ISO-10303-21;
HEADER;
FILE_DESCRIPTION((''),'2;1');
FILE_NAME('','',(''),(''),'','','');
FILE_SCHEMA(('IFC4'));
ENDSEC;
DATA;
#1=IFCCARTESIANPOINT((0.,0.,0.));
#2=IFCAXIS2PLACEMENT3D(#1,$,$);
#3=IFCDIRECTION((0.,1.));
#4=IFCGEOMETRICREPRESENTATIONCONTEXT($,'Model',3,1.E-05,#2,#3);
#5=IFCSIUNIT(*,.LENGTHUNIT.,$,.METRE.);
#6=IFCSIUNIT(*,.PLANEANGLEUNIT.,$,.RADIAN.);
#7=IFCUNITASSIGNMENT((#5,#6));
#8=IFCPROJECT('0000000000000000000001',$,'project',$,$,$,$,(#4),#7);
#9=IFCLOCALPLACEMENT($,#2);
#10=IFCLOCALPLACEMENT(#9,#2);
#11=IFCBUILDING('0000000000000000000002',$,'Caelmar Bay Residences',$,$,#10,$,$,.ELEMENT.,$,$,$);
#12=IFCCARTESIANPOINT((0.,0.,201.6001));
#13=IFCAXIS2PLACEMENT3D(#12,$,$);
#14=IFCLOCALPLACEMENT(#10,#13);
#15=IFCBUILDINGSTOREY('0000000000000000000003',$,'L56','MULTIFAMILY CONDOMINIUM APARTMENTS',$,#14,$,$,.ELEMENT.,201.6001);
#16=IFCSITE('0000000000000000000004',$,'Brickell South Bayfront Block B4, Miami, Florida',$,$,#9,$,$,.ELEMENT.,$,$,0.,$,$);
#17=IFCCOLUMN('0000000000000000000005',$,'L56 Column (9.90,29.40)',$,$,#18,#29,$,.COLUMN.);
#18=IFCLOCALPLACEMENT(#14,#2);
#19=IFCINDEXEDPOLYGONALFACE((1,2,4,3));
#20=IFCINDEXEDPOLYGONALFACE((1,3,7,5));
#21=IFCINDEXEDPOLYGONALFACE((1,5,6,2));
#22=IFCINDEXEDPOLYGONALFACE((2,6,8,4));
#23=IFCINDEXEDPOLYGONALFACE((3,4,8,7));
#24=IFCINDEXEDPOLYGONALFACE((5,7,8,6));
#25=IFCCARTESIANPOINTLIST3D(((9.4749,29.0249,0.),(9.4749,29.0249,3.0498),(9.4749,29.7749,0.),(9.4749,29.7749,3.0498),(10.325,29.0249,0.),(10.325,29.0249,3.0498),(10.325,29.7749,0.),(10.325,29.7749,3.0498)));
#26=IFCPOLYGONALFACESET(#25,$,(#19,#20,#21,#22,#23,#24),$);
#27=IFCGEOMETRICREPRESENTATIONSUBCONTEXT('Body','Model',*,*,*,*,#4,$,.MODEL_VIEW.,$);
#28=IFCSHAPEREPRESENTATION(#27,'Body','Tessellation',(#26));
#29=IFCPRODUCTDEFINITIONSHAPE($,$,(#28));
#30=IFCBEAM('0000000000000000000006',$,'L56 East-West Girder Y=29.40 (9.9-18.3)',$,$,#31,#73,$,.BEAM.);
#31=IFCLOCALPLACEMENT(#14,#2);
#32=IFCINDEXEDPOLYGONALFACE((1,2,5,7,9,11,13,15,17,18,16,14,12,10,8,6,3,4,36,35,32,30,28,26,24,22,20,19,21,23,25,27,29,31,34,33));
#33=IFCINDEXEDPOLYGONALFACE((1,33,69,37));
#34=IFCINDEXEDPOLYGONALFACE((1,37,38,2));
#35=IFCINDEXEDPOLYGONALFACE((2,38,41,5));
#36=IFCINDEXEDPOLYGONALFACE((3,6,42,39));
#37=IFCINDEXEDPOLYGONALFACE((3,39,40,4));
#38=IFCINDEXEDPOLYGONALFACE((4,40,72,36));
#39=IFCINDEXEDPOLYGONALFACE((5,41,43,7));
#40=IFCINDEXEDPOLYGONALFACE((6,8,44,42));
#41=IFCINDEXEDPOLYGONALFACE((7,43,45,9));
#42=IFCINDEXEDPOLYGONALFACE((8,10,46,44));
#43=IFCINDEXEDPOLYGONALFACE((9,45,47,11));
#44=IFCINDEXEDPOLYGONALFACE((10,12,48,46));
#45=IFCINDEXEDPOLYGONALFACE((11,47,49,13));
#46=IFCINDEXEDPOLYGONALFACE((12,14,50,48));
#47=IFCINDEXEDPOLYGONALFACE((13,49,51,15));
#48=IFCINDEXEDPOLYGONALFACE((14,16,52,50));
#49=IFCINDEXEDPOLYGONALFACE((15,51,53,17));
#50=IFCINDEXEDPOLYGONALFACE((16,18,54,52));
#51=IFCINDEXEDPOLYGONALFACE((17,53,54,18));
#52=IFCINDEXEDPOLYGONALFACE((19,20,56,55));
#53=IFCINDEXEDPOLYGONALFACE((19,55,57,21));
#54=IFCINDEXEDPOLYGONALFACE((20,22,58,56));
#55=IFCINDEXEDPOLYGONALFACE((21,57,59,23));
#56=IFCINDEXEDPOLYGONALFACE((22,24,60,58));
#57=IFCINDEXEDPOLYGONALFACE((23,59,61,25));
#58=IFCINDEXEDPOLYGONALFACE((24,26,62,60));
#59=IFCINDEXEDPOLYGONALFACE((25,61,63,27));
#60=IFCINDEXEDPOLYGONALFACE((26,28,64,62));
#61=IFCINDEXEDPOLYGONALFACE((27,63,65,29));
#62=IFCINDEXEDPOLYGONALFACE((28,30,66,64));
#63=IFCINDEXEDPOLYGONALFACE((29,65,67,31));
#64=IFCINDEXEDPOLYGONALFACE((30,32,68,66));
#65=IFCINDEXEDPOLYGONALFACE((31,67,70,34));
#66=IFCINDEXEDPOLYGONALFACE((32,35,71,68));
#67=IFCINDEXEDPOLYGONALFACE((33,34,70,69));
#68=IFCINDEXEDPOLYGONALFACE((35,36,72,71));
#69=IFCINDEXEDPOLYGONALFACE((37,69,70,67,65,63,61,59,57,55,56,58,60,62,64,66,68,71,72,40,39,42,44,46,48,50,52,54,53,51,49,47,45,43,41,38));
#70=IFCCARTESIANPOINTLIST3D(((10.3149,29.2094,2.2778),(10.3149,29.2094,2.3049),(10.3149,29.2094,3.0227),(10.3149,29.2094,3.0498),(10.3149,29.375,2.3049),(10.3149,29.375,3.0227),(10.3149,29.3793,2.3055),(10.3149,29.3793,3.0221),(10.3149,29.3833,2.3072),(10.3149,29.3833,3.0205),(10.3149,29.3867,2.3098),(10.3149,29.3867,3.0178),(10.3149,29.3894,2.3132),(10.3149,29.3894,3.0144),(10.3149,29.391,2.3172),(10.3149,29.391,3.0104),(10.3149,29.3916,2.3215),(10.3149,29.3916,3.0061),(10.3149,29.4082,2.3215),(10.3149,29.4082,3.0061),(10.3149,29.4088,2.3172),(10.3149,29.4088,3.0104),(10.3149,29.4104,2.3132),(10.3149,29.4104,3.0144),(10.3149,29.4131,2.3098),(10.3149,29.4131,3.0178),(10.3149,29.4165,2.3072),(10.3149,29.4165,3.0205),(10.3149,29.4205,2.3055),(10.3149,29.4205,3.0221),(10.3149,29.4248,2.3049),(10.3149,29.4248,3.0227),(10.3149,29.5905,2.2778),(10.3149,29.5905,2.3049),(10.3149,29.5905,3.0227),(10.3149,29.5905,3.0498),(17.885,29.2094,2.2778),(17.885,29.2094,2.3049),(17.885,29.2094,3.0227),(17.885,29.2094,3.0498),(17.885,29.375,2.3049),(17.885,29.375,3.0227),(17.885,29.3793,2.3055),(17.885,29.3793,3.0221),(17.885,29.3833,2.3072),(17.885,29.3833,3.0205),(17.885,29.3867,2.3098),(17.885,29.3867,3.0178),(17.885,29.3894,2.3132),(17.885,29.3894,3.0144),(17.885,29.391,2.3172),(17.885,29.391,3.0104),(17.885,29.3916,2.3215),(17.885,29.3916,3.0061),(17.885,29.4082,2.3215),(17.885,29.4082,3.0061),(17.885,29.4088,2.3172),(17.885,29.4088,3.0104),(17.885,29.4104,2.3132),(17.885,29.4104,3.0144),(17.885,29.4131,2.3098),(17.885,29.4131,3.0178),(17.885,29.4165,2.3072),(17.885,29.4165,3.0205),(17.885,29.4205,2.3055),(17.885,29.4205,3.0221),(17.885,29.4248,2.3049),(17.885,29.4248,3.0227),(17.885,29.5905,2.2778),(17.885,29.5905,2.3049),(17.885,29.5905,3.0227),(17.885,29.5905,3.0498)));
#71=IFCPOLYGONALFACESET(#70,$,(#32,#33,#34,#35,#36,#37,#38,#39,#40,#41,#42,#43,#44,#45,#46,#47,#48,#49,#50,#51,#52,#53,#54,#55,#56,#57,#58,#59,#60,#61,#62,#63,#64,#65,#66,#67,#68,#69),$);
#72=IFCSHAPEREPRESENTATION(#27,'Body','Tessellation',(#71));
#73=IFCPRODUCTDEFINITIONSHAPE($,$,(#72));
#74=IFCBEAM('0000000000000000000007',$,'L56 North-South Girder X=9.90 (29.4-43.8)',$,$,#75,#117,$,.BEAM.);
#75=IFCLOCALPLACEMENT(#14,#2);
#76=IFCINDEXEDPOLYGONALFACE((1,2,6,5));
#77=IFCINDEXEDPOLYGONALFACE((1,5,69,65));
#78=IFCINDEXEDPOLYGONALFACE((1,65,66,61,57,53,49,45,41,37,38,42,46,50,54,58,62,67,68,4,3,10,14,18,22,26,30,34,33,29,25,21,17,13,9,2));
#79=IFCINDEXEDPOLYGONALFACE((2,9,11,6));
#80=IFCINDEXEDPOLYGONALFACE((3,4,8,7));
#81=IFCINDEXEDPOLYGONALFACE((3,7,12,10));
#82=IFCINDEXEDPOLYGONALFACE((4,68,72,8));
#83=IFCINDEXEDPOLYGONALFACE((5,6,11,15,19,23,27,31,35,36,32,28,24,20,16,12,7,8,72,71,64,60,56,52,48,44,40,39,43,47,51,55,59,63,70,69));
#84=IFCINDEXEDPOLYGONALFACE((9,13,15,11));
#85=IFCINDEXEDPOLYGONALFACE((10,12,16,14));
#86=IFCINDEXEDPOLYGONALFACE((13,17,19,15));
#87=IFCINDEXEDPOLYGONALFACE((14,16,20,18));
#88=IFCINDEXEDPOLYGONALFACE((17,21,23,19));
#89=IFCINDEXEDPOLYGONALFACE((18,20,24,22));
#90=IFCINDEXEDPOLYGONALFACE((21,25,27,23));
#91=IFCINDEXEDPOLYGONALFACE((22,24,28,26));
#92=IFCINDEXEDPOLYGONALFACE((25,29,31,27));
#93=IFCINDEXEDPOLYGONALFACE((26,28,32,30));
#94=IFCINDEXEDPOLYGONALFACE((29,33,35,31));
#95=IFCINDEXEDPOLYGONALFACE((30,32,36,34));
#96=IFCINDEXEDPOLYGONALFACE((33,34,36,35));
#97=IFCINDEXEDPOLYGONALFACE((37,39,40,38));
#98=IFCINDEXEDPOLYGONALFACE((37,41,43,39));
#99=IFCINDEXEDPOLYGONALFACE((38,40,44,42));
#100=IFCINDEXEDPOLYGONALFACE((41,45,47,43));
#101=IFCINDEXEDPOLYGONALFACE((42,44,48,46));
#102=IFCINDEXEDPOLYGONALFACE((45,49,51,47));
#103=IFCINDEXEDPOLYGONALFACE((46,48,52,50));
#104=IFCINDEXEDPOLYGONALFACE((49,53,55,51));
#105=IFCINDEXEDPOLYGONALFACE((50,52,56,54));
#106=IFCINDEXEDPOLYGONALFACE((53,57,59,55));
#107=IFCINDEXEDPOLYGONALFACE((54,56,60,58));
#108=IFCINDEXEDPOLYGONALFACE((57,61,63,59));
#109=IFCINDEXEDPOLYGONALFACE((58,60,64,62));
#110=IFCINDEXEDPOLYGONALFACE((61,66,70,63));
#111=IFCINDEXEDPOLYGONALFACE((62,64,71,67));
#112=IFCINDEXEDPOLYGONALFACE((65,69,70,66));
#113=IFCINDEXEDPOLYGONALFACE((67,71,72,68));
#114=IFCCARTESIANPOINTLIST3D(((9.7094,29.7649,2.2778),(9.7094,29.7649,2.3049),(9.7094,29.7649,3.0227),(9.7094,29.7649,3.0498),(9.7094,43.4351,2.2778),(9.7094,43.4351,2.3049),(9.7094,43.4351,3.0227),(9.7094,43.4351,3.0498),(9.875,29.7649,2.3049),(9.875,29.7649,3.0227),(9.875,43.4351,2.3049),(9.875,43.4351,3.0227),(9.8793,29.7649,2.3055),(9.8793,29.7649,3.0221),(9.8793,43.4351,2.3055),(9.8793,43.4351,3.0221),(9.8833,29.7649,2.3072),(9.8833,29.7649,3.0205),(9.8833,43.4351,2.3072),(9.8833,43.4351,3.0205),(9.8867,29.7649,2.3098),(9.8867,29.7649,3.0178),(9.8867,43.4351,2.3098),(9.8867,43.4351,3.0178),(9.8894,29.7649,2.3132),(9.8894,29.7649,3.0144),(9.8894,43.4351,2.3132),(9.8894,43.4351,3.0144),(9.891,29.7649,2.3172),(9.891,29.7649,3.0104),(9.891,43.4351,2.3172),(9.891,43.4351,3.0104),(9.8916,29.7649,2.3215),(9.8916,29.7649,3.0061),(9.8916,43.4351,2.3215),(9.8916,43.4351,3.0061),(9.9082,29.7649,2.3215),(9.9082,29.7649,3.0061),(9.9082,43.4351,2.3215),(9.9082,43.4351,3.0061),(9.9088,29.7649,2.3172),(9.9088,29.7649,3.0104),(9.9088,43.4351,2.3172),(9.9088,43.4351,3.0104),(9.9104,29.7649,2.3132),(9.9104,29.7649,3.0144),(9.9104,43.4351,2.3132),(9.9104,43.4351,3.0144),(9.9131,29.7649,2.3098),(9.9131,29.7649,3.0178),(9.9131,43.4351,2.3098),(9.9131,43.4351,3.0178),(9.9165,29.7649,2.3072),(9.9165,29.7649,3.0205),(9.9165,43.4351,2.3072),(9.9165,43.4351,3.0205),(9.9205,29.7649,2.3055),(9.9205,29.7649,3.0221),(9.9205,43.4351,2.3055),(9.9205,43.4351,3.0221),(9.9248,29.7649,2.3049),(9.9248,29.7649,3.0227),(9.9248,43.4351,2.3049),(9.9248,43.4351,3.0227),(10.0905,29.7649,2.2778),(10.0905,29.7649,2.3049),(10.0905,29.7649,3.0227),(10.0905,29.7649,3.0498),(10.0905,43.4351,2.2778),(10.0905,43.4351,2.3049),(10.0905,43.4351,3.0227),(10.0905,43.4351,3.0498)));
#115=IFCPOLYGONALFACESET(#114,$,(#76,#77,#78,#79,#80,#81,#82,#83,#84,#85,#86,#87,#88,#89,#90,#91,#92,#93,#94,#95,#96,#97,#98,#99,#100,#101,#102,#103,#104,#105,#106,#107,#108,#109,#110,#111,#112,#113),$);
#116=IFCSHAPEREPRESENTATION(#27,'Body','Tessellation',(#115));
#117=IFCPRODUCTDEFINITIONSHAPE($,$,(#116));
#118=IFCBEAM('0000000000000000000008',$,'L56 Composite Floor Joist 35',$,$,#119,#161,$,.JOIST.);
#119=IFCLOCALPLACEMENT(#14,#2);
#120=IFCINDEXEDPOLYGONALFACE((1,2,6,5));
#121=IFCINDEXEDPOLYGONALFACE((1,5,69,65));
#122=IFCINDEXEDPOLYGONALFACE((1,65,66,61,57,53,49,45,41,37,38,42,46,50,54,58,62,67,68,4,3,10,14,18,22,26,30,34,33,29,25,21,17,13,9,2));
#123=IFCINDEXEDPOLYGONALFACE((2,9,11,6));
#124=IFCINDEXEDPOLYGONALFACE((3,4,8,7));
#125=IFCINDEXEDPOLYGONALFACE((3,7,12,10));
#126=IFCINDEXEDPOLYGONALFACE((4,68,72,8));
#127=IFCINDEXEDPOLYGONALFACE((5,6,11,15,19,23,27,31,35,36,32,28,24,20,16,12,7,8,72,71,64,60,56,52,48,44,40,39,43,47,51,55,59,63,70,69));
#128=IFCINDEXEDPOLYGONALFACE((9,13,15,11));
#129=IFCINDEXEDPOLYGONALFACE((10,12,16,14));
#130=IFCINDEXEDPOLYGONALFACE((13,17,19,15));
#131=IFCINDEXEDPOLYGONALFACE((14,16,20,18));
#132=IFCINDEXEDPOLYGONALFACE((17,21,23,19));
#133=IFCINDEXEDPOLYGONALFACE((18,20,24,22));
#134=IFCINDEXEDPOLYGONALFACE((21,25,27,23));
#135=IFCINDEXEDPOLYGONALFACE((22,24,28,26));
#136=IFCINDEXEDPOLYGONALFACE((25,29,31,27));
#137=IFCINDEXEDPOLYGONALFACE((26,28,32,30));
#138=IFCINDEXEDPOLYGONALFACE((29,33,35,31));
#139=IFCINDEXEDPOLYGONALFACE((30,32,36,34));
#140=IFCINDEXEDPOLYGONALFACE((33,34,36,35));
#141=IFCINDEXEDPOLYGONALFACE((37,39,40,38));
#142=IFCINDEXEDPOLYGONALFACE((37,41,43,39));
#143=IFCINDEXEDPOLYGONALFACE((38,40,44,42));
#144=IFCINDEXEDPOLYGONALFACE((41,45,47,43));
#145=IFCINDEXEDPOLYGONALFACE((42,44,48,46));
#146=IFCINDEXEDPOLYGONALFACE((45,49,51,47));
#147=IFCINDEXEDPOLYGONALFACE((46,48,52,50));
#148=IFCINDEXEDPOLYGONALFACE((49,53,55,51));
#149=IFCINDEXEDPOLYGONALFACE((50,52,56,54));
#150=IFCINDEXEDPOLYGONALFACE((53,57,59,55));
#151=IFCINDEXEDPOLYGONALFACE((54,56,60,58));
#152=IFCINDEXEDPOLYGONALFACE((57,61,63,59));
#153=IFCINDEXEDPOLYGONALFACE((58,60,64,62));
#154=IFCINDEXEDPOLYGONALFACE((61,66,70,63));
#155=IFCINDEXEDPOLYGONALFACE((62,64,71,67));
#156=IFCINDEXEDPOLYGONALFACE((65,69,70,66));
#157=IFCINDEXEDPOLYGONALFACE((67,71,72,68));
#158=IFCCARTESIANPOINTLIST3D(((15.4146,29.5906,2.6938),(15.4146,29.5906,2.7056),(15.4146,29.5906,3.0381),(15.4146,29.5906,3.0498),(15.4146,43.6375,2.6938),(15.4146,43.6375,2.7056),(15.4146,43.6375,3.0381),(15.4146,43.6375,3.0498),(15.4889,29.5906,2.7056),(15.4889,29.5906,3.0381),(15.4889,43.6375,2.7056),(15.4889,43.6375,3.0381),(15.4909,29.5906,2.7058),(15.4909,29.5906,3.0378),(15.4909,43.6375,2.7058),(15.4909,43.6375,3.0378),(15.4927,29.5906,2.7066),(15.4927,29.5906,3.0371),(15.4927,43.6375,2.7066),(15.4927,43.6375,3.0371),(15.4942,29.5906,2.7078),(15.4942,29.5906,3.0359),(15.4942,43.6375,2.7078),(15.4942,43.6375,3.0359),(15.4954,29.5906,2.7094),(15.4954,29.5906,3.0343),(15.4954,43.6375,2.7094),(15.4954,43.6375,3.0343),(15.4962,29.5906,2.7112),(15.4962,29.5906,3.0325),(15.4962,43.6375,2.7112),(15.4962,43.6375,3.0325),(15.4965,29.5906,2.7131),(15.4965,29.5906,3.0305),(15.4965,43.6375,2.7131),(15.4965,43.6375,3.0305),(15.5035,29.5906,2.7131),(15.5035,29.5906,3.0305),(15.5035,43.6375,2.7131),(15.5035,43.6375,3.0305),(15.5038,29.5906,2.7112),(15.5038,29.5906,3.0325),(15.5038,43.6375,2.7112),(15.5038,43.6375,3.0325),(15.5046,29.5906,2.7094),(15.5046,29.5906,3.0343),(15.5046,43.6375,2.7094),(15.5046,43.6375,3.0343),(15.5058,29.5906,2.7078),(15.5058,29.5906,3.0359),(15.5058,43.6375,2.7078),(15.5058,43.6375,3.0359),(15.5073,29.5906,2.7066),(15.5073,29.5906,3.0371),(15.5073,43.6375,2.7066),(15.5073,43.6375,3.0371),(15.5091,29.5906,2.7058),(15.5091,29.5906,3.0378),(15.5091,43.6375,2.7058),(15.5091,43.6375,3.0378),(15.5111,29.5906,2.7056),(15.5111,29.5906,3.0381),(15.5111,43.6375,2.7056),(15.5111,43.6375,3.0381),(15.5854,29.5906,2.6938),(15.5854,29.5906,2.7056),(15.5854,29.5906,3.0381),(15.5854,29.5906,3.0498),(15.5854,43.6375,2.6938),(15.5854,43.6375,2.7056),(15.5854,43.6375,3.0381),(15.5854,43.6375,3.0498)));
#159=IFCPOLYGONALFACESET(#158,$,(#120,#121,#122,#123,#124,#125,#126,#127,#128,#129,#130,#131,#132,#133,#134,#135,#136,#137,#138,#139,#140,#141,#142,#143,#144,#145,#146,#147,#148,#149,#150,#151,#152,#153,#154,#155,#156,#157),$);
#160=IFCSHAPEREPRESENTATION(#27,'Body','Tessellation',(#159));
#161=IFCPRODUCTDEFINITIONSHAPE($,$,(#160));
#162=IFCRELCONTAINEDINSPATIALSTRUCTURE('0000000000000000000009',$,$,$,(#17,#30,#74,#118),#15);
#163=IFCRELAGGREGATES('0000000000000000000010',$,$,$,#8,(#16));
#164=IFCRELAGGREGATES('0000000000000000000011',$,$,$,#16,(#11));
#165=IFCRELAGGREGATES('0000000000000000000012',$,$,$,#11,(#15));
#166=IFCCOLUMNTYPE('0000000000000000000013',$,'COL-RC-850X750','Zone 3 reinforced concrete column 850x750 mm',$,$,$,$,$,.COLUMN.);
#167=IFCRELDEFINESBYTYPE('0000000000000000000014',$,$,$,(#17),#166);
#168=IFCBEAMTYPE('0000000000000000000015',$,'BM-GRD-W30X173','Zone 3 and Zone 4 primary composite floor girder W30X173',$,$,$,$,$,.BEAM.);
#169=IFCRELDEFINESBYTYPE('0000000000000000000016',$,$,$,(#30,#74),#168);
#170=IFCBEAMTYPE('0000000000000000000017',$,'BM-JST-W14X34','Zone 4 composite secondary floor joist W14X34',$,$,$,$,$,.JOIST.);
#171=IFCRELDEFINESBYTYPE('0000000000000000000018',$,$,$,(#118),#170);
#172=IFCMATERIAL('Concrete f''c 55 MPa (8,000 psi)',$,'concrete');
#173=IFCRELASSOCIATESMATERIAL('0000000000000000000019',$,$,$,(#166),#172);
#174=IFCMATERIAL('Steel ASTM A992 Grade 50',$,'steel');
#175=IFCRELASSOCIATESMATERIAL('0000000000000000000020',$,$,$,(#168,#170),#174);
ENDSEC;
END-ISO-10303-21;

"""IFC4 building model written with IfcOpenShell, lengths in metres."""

from ifc_helpers import new_model, si_unit, direction, frame, origin, origin_2d, place, context, subcontext, project, spatial, rectangle, i_section, extrude, material, material_profile, profile_set, type_object, element, save


model = new_model("IFC4")

# Units and contexts
model_context = context("Model", 3, precision=1e-05, world=origin(), true_north=direction((0.0, 1.0)))
body_context = subcontext(model_context, "Body", "Model", "MODEL_VIEW")
ifc_project = project(units=[si_unit("LENGTHUNIT", "METRE"), si_unit("PLANEANGLEUNIT", "RADIAN")], contexts=[model_context])

# Site, building, storey
site_placement = place(None, origin())
site = spatial("IfcSite", under=ifc_project, at=site_placement, Name="Brickell South Bayfront Block B4, Miami, Florida", CompositionType="ELEMENT", RefElevation=0.0)
building_placement = place(site_placement, origin())
building = spatial("IfcBuilding", under=site, at=building_placement, Name="Caelmar Bay Residences", CompositionType="ELEMENT")
storey_placement = place(building_placement, frame((0.0, 0.0, 201.6001)))
storey = spatial("IfcBuildingStorey", under=building, at=storey_placement, Name="L56", Description="MULTIFAMILY CONDOMINIUM APARTMENTS", CompositionType="ELEMENT", Elevation=201.6001)

# Column
ifc_material_1 = material(Name="Concrete f'c 55 MPa (8,000 psi)", Category="concrete")
ifc_material_profile_1 = material_profile(ifc_material_1, rectangle(XDim=0.8501, YDim=0.75, at=origin_2d()), Name="RC-COL-850X750")
ifc_profile_set_1 = profile_set([ifc_material_profile_1], Name="Concrete f'c 55 MPa (8,000 psi)")
column_type = type_object("IfcColumnType", Name="COL-RC-850X750", Description="Zone 3 reinforced concrete column 850x750 mm", PredefinedType="COLUMN", material=ifc_profile_set_1)
column_placement = place(storey_placement, frame((9.8999, 29.3999, 0.0), z_axis=(0.0, 0.0, 1.0), x_axis=(1.0, 0.0, 0.0)))
element("IfcColumn", 1, at=column_placement, inside=storey, type_object=column_type, Name="L56 Column (9.90,29.40)", PredefinedType="COLUMN", context=body_context, shape_type="SweptSolid", body=[
    extrude(rectangle(XDim=0.8501, YDim=0.75, at=origin_2d()), origin(), (0.0, 0.0, 1.0), 3.0498),
])

# Beams
ifc_material_2 = material(Name="Steel ASTM A992 Grade 50", Category="steel")
ifc_material_profile_2 = material_profile(ifc_material_2, i_section(OverallWidth=0.3811, OverallDepth=0.772, WebThickness=0.0166, FlangeThickness=0.0271, FilletRadius=0.0166, at=origin_2d()), Name="W30X173")
ifc_profile_set_2 = profile_set([ifc_material_profile_2], Name="Steel ASTM A992 Grade 50")
beam_type_1 = type_object("IfcBeamType", Name="BM-GRD-W30X173", Description="Zone 3 and Zone 4 primary composite floor girder W30X173", PredefinedType="BEAM", material=ifc_profile_set_2)
beam_1_placement = place(storey_placement, frame((10.3149, 29.3999, 2.6638), z_axis=(1.0, 0.0, 0.0), x_axis=(0.0, 1.0, 0.0)))
element("IfcBeam", 2, at=beam_1_placement, inside=storey, type_object=beam_type_1, Name="L56 East-West Girder Y=29.40 (9.9-18.3)", PredefinedType="BEAM", context=body_context, shape_type="SweptSolid", body=[
    extrude(i_section(OverallWidth=0.3811, OverallDepth=0.772, WebThickness=0.0166, FlangeThickness=0.0271, FilletRadius=0.0166, at=origin_2d()), origin(), (0.0, 0.0, 1.0), 7.5701),
])
beam_2_placement = place(storey_placement, frame((9.8999, 29.7649, 2.6638), z_axis=(0.0, 1.0, 0.0), x_axis=(-1.0, 0.0, 0.0)))
element("IfcBeam", 3, at=beam_2_placement, inside=storey, type_object=beam_type_1, Name="L56 North-South Girder X=9.90 (29.4-43.8)", PredefinedType="BEAM", context=body_context, shape_type="SweptSolid", body=[
    extrude(i_section(OverallWidth=0.3811, OverallDepth=0.772, WebThickness=0.0166, FlangeThickness=0.0271, FilletRadius=0.0166, at=origin_2d()), origin(), (0.0, 0.0, 1.0), 13.6702),
])
ifc_material_profile_3 = material_profile(ifc_material_2, i_section(OverallWidth=0.1709, OverallDepth=0.356, WebThickness=0.0071, FlangeThickness=0.0117, FilletRadius=0.0076, at=origin_2d()), Name="W14X34")
ifc_profile_set_3 = profile_set([ifc_material_profile_3], Name="Steel ASTM A992 Grade 50")
beam_type_2 = type_object("IfcBeamType", Name="BM-JST-W14X34", Description="Zone 4 composite secondary floor joist W14X34", PredefinedType="JOIST", material=ifc_profile_set_3)
beam_3_placement = place(storey_placement, frame((15.5, 29.5906, 2.8718), z_axis=(0.0, 1.0, 0.0), x_axis=(-1.0, 0.0, 0.0)))
element("IfcBeam", 4, at=beam_3_placement, inside=storey, type_object=beam_type_2, Name="L56 Composite Floor Joist 35", PredefinedType="JOIST", context=body_context, shape_type="SweptSolid", body=[
    extrude(i_section(OverallWidth=0.1709, OverallDepth=0.356, WebThickness=0.0071, FlangeThickness=0.0117, FilletRadius=0.0076, at=origin_2d()), origin(), (0.0, 0.0, 1.0), 14.0469),
])

save(model, "model.ifc")
